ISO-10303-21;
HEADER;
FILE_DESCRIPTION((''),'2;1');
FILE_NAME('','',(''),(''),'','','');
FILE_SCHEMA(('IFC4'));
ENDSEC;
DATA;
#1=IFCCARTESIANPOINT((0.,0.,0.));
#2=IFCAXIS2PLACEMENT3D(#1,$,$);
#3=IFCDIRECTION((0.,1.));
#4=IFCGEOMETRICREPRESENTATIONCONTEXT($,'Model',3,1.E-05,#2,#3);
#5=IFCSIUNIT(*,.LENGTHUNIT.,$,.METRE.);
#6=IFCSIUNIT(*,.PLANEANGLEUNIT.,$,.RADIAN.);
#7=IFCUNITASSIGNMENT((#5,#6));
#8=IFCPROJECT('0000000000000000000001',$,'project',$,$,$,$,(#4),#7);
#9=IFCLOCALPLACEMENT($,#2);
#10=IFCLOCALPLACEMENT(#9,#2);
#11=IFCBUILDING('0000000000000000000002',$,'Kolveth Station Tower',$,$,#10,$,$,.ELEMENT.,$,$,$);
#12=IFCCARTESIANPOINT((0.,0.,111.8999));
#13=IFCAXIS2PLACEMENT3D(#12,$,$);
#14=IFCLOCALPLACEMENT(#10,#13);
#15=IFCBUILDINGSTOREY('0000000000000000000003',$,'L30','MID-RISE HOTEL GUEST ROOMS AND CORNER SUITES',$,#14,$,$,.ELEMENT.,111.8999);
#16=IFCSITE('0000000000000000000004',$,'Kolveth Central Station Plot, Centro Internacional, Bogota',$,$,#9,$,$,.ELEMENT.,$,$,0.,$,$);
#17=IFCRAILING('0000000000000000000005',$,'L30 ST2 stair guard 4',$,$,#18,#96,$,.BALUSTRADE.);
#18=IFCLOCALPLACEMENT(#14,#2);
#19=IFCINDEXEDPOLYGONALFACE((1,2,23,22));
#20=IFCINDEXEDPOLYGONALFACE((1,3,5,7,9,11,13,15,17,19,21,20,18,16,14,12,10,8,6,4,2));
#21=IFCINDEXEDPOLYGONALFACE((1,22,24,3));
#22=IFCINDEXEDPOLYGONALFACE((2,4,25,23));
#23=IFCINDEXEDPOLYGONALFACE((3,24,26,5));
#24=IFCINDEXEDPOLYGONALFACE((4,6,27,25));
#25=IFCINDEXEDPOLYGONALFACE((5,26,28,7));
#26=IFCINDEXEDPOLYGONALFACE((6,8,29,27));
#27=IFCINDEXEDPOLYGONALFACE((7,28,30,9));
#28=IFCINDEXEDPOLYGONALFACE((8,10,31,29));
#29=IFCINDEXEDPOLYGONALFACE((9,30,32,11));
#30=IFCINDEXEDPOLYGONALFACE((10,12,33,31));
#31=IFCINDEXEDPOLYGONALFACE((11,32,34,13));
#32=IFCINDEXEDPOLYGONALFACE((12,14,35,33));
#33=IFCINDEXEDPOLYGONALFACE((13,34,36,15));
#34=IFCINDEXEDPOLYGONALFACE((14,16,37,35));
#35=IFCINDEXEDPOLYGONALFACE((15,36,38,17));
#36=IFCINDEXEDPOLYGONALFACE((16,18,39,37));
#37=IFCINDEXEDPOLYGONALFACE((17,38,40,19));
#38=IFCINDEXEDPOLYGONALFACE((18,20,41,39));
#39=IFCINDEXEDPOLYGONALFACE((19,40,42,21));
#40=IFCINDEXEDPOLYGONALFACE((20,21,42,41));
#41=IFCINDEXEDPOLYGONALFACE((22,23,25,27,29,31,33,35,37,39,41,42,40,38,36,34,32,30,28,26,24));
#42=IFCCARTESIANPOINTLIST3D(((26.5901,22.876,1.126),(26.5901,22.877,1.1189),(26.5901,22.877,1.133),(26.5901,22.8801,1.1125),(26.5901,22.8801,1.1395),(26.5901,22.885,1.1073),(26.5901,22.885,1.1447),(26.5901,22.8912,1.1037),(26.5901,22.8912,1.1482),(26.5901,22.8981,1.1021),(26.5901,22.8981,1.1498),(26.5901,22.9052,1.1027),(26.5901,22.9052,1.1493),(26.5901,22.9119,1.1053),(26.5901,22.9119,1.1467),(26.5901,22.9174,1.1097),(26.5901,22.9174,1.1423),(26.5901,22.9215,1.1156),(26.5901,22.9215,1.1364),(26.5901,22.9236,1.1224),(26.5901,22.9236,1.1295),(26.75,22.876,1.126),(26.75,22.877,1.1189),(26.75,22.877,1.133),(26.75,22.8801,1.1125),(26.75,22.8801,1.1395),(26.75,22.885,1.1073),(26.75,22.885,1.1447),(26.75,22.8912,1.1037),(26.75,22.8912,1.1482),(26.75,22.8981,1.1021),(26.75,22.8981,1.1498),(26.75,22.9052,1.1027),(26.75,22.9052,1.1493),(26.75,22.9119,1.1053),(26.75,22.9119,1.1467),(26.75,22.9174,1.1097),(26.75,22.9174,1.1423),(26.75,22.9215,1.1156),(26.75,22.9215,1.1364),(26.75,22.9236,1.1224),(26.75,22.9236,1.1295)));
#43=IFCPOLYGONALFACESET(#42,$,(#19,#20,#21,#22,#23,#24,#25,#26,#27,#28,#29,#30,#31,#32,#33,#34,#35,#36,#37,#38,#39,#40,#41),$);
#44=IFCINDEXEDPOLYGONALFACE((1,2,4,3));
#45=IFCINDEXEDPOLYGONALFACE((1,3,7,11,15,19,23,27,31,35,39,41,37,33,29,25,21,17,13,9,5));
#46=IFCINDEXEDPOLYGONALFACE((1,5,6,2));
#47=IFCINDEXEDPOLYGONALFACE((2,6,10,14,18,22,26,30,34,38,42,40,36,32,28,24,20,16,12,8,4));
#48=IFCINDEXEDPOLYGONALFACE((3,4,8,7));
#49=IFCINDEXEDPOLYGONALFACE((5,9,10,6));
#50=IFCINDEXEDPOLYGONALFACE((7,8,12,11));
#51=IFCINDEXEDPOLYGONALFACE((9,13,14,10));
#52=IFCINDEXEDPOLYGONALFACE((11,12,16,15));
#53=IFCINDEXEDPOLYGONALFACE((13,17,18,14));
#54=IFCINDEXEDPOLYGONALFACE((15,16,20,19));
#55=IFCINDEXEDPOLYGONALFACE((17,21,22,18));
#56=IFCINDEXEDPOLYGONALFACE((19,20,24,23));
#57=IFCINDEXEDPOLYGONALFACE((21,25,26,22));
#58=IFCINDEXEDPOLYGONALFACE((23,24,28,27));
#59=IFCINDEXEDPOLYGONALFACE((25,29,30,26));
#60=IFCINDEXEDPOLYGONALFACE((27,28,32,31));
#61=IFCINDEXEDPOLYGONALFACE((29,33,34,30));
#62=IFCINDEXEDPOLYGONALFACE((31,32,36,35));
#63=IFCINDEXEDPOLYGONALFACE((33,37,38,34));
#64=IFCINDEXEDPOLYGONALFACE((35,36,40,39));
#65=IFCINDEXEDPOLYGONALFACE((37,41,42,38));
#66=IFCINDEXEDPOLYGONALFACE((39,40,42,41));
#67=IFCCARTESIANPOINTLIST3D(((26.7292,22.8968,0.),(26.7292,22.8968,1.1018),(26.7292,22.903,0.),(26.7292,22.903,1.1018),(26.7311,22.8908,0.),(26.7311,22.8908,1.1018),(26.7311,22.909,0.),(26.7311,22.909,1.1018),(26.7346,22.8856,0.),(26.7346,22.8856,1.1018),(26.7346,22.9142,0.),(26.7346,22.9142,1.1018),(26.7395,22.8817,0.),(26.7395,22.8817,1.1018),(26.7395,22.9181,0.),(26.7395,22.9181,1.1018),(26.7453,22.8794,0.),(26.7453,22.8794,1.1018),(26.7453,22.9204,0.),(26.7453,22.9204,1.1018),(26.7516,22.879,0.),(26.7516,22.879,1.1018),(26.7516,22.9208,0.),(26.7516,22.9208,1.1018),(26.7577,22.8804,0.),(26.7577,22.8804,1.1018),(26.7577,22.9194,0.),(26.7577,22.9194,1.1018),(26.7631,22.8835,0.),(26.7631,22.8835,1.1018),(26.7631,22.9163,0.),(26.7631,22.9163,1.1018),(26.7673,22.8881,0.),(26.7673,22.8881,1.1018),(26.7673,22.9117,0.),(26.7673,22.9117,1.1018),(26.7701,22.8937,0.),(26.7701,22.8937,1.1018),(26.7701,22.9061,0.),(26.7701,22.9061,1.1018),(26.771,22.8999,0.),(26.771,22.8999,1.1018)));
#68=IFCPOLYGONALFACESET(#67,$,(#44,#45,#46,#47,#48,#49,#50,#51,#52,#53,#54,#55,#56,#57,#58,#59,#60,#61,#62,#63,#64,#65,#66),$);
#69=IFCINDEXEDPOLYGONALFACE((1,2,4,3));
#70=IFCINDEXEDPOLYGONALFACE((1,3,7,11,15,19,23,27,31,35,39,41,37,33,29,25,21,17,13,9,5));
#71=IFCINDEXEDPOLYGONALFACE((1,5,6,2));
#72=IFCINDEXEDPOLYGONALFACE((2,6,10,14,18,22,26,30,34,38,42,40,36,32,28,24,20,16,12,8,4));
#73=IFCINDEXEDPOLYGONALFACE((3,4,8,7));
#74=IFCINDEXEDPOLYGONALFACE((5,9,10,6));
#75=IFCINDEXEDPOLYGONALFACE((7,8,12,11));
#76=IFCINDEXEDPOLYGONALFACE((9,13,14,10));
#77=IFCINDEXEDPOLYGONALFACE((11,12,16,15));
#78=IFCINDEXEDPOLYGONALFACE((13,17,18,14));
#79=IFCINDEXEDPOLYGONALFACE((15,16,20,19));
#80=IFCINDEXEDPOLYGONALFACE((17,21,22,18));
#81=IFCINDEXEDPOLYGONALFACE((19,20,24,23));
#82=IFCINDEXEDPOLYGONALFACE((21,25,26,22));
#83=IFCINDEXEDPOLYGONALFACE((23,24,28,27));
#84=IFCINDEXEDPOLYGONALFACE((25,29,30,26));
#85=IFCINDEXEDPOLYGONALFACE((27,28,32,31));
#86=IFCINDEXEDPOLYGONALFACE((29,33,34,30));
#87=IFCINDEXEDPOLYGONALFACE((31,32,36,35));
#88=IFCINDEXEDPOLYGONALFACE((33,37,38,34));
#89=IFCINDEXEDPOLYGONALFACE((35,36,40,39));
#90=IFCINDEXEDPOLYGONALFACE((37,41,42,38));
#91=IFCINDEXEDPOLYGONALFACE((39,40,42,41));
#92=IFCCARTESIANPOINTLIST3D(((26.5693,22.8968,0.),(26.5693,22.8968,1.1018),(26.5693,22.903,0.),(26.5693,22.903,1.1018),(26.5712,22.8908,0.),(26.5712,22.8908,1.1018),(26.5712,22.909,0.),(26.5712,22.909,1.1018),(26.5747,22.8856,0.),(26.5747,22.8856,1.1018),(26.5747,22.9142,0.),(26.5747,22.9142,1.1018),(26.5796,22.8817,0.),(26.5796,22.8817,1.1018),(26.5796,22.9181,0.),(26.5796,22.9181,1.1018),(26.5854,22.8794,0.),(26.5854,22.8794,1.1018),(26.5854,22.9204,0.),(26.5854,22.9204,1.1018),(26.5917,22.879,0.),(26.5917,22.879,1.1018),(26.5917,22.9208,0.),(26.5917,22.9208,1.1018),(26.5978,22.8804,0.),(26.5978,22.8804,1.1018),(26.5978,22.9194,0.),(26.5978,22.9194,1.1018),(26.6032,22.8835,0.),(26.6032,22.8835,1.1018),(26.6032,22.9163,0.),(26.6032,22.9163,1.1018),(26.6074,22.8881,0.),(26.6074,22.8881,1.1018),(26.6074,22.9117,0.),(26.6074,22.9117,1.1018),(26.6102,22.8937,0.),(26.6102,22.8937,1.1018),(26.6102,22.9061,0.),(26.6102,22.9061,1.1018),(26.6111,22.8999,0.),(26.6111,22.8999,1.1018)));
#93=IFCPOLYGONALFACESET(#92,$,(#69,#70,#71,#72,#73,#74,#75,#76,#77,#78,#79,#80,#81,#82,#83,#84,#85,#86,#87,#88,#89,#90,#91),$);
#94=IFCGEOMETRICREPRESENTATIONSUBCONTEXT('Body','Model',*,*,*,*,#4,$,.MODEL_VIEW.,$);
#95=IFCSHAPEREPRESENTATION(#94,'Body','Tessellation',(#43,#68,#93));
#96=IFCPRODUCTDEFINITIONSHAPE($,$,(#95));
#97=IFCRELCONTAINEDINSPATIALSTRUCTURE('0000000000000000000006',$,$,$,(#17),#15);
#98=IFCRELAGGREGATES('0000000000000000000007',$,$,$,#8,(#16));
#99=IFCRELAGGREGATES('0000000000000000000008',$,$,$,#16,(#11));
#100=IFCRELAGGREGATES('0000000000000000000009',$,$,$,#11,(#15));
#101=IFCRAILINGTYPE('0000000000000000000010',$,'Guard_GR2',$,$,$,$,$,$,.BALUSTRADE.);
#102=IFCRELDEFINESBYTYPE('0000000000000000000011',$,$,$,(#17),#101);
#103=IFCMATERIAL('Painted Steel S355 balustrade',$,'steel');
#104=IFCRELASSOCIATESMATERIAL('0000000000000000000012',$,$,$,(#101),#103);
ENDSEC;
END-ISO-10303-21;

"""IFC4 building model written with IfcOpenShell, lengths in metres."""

from ifc_helpers import new_model, si_unit, direction, frame, origin, origin_2d, place, context, subcontext, project, spatial, circle, extrude, material, type_object, element, save


model = new_model("IFC4")

# Units and contexts
model_context = context("Model", 3, precision=1e-05, world=origin(), true_north=direction((0.0, 1.0)))
body_context = subcontext(model_context, "Body", "Model", "MODEL_VIEW")
ifc_project = project(units=[si_unit("LENGTHUNIT", "METRE"), si_unit("PLANEANGLEUNIT", "RADIAN")], contexts=[model_context])

# Site, building, storey
site_placement = place(None, origin())
site = spatial("IfcSite", under=ifc_project, at=site_placement, Name="Kolveth Central Station Plot, Centro Internacional, Bogota", CompositionType="ELEMENT", RefElevation=0.0)
building_placement = place(site_placement, origin())
building = spatial("IfcBuilding", under=site, at=building_placement, Name="Kolveth Station Tower", CompositionType="ELEMENT")
storey_placement = place(building_placement, frame((0.0, 0.0, 111.8999)))
storey = spatial("IfcBuildingStorey", under=building, at=storey_placement, Name="L30", Description="MID-RISE HOTEL GUEST ROOMS AND CORNER SUITES", CompositionType="ELEMENT", Elevation=111.8999)

# Railing
ifc_material_1 = material(Name="Painted Steel S355 balustrade", Category="steel")
railing_type_1 = type_object("IfcRailingType", Name="Guard_GR2", PredefinedType="BALUSTRADE", material=ifc_material_1)
railing_1_placement = place(storey_placement, frame((26.75, 22.8999, 0.0)))
element("IfcRailing", 1, at=railing_1_placement, inside=storey, type_object=railing_type_1, Name="L30 ST2 stair guard 4", PredefinedType="BALUSTRADE", context=body_context, shape_type="SweptSolid", body=[
    extrude(circle(Radius=0.0239, at=origin_2d()), frame((0.0, 0.0, 1.126), z_axis=(-1.0, 0.0, 0.0), x_axis=(0.0, -1.0, 0.0)), (0.0, 0.0, 1.0), 0.1599),
    extrude(circle(Radius=0.021, at=origin_2d()), origin(), (0.0, 0.0, 1.0), 1.1018),
    extrude(circle(Radius=0.021, at=origin_2d()), frame((-0.1599, 0.0, 0.0)), (0.0, 0.0, 1.0), 1.1018),
])

save(model, "model.ifc")
